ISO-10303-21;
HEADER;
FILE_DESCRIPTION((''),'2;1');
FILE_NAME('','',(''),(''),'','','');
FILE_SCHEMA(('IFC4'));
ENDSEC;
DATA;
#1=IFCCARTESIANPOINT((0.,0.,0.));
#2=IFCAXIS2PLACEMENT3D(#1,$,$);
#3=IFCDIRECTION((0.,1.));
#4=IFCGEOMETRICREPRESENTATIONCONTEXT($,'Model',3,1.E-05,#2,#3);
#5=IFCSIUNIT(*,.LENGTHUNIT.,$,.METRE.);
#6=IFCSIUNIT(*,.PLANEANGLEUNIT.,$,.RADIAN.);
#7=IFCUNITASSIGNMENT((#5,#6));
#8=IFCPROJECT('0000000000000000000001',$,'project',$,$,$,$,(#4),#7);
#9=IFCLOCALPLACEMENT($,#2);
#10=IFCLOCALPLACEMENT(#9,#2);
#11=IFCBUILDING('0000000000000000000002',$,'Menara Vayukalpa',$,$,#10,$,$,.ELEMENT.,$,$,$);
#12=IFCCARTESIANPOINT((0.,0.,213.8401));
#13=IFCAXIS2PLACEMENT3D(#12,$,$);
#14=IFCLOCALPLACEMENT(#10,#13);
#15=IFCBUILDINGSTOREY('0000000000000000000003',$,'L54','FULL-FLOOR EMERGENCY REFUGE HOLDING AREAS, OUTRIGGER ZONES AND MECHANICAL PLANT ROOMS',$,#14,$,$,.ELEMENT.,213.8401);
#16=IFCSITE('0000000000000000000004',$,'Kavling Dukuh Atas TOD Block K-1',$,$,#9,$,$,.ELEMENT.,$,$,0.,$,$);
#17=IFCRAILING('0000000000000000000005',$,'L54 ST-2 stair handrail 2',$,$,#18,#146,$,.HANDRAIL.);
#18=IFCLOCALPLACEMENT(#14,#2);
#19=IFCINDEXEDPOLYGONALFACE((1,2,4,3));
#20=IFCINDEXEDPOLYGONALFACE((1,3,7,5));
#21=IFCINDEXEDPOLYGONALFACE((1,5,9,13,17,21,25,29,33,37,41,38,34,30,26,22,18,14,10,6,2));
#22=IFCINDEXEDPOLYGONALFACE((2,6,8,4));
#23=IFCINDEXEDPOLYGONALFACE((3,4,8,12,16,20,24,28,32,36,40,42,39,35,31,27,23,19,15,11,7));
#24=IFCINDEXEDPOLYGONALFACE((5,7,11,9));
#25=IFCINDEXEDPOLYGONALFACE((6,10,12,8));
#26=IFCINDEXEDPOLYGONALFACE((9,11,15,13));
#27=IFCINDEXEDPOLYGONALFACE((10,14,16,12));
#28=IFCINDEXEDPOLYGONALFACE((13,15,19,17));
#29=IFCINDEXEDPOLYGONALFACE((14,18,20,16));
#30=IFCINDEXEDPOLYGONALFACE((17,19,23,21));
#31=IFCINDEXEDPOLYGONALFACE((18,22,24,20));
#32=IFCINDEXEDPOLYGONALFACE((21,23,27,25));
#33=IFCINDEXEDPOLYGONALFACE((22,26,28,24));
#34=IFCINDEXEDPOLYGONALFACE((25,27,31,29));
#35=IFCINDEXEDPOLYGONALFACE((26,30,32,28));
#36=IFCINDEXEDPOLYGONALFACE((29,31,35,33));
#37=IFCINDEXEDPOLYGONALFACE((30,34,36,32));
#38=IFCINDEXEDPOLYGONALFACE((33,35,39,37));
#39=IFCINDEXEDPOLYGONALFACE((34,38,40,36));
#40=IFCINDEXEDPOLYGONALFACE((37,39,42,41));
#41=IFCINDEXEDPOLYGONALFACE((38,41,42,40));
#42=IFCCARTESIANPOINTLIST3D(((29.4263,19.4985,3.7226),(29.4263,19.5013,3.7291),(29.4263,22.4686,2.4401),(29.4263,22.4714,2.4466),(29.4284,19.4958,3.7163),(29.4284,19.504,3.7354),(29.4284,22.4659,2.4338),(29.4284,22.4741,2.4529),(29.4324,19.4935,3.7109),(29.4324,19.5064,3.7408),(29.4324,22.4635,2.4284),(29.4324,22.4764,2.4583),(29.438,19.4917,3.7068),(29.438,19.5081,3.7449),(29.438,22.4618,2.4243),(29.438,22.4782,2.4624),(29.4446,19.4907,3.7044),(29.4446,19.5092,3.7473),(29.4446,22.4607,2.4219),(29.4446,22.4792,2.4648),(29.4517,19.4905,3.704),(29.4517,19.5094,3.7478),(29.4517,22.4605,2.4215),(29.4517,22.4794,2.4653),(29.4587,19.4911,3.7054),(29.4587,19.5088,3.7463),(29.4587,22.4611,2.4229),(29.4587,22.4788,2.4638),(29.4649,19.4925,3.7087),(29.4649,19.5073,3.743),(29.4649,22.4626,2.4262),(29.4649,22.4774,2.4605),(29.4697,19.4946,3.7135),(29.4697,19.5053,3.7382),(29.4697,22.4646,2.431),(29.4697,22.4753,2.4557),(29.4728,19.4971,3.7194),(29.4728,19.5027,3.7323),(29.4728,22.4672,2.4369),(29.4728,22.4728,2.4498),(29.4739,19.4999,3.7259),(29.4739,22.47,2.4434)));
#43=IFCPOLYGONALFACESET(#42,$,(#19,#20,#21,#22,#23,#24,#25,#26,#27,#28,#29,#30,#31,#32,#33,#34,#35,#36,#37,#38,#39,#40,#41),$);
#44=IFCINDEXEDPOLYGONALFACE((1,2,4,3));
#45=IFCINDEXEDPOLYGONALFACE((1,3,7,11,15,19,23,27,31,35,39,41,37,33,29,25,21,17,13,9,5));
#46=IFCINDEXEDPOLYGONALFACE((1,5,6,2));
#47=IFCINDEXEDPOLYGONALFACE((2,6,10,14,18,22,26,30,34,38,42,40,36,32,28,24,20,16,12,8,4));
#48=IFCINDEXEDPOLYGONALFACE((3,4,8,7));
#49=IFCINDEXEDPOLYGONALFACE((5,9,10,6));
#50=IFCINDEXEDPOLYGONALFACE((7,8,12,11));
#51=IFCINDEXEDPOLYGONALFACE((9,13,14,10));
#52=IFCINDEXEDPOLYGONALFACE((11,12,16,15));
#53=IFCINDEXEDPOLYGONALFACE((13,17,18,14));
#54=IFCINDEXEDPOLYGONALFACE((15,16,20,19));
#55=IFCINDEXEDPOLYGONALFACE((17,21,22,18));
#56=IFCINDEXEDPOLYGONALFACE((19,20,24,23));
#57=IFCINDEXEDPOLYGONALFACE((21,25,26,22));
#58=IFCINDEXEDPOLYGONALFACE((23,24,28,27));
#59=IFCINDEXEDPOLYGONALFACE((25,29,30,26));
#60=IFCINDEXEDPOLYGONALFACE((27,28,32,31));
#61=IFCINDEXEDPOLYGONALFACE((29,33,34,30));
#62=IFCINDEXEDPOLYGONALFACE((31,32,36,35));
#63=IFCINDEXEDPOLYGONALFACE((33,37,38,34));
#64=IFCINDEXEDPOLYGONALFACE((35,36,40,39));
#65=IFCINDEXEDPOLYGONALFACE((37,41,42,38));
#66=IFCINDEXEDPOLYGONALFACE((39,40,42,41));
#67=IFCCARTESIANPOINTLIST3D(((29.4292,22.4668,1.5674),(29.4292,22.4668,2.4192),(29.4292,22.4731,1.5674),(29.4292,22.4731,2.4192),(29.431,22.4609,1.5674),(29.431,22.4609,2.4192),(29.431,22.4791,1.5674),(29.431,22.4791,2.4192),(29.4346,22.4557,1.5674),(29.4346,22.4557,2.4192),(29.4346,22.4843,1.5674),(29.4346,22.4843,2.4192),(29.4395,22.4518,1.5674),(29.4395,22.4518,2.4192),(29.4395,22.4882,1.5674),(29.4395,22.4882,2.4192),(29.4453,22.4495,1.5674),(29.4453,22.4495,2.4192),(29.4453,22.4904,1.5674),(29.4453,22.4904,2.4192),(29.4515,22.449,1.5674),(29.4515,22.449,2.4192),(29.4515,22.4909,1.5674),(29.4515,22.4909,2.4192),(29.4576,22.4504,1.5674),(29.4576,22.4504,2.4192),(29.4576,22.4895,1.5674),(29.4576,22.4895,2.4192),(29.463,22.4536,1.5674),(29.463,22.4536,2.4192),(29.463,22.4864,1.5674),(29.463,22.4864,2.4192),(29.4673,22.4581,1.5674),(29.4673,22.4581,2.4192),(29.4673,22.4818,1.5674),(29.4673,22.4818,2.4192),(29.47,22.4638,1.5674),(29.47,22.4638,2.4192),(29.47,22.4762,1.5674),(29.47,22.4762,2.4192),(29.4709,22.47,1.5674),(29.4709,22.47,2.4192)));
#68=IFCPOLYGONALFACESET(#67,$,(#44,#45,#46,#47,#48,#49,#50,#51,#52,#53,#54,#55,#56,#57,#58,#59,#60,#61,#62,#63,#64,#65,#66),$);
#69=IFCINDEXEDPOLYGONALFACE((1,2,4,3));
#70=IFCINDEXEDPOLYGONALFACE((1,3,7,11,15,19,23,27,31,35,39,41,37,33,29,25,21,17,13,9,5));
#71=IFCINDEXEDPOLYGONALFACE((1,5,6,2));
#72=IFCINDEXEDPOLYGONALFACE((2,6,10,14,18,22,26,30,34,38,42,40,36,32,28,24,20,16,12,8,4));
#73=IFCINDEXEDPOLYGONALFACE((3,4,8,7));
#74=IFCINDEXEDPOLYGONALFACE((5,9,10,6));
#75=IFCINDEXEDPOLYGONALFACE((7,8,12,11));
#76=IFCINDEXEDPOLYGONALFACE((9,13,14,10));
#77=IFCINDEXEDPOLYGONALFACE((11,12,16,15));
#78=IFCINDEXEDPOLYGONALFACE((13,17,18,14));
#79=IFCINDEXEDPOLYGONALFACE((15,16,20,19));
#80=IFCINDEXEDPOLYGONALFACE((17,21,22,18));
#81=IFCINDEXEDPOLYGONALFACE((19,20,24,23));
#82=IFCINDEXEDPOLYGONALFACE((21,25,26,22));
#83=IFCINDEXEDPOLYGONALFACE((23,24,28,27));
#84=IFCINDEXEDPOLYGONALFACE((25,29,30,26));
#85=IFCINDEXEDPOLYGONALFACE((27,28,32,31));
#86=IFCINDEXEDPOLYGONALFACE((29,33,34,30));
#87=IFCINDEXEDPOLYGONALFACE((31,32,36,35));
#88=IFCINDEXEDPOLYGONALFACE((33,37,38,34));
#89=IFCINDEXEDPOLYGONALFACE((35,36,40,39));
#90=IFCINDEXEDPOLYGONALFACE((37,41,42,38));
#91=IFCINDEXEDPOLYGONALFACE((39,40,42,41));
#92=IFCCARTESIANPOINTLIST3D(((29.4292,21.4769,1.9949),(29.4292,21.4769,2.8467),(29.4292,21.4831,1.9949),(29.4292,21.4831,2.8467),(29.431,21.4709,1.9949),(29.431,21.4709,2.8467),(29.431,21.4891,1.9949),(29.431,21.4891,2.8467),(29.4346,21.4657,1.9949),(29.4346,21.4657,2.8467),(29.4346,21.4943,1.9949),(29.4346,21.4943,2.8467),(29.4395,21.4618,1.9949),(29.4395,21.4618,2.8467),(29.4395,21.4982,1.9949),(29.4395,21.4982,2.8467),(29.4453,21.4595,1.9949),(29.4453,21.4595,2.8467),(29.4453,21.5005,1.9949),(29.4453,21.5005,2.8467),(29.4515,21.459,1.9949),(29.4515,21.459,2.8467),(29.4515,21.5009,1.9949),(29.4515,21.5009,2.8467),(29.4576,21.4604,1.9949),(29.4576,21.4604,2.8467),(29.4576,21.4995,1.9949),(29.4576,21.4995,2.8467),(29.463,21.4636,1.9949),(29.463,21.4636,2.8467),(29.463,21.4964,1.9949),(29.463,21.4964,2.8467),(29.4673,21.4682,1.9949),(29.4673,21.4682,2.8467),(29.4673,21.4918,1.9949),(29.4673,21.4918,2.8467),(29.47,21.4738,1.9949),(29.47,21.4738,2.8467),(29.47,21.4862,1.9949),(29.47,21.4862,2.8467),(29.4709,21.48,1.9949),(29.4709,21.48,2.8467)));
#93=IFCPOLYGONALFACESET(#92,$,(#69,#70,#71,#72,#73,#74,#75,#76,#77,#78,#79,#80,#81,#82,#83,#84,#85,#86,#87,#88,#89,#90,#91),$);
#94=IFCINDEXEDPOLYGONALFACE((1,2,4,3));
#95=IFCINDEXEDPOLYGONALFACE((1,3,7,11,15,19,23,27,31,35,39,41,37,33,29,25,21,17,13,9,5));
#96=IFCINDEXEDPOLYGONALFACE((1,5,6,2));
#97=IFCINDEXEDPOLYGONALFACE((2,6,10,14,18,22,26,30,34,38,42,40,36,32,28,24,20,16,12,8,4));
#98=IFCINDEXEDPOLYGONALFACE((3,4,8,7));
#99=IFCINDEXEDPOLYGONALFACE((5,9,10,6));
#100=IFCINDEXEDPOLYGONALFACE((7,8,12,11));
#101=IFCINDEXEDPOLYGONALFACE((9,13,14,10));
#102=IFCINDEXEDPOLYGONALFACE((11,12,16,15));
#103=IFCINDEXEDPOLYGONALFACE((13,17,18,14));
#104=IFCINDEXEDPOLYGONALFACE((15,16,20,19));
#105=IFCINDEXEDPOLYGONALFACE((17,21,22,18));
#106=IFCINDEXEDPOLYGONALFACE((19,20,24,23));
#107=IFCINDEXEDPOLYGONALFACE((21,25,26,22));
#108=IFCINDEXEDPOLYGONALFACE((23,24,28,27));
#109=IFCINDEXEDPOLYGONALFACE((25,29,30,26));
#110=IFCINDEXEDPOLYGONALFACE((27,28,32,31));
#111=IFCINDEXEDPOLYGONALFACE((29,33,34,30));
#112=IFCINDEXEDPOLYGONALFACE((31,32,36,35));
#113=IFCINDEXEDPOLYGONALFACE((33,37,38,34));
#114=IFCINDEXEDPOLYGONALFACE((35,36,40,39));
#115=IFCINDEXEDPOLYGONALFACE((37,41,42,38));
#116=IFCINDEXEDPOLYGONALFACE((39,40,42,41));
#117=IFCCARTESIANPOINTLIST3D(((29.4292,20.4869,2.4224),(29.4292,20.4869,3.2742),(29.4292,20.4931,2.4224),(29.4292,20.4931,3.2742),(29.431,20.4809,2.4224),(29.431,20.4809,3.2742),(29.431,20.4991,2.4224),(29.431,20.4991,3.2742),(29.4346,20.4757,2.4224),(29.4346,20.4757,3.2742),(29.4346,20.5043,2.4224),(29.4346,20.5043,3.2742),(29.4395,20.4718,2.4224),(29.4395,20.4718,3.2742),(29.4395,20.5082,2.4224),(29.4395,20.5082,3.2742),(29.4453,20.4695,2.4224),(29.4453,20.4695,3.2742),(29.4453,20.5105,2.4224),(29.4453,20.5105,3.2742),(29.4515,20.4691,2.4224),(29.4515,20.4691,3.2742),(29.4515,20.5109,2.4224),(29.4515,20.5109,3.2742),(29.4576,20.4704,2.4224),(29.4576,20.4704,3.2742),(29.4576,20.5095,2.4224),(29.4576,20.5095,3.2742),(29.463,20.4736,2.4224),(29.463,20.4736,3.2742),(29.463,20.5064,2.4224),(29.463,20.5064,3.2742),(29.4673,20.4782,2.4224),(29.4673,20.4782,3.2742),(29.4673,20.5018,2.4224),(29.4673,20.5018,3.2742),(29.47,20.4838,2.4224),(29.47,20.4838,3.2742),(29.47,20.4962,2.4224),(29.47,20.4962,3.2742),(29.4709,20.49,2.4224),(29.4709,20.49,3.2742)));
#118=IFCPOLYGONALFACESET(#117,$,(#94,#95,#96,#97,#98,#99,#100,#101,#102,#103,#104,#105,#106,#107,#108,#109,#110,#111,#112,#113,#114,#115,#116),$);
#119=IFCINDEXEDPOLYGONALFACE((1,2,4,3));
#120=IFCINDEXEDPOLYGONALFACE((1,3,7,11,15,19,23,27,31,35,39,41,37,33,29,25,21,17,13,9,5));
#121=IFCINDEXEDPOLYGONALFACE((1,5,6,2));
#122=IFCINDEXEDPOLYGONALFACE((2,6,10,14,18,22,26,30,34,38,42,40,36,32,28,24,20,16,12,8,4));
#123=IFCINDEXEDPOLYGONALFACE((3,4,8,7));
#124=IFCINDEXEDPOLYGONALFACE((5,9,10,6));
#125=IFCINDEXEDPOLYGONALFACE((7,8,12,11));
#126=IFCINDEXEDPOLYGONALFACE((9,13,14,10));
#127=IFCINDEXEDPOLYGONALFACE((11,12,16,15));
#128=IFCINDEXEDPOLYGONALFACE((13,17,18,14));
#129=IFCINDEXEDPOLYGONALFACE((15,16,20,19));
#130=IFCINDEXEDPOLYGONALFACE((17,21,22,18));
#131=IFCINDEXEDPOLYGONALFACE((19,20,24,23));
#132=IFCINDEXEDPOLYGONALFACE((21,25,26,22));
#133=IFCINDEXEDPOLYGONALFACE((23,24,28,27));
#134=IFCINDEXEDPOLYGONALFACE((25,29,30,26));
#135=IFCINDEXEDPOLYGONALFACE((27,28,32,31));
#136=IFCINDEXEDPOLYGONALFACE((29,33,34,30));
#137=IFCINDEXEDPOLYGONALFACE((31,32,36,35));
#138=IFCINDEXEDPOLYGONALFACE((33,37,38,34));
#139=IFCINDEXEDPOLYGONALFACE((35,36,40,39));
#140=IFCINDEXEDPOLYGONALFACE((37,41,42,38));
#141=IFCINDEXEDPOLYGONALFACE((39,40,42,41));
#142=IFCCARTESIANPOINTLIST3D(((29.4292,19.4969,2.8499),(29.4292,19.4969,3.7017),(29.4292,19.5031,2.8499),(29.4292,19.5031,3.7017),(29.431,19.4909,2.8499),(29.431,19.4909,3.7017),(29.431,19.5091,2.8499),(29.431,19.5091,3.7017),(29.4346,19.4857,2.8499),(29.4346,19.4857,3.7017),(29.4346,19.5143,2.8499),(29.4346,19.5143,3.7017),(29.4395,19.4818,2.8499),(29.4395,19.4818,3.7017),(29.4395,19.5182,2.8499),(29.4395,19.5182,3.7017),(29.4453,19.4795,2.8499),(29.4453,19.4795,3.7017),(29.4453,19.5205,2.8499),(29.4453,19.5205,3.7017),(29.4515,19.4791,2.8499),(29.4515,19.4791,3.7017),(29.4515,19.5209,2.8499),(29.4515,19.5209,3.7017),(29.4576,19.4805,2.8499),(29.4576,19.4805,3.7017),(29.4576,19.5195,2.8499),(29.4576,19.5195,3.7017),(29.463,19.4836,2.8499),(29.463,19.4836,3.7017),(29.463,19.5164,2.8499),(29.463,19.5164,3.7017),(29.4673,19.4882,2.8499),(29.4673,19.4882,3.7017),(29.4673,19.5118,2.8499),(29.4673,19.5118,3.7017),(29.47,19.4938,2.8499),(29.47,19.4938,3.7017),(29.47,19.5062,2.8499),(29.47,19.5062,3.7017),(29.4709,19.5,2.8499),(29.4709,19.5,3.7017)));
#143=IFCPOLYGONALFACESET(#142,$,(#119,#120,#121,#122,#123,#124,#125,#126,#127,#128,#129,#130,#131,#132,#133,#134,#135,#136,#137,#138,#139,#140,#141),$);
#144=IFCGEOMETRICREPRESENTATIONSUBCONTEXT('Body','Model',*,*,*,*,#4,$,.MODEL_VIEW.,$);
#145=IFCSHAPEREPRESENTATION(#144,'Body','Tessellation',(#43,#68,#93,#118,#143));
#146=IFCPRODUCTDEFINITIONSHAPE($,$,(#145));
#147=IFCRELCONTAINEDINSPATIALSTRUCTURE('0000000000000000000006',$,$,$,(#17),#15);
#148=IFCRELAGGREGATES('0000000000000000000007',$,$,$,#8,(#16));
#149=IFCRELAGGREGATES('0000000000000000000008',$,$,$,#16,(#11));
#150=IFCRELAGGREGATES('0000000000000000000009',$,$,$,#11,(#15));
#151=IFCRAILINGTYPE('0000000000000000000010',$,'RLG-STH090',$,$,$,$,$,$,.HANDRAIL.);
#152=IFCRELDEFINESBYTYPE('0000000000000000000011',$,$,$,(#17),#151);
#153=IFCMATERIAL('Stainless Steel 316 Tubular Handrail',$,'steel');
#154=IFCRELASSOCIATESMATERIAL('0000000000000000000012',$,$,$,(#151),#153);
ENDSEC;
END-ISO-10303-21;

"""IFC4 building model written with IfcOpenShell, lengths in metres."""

from ifc_helpers import new_model, si_unit, direction, frame, origin, origin_2d, place, context, subcontext, project, spatial, circle, extrude, material, type_object, element, save


model = new_model("IFC4")

# Units and contexts
model_context = context("Model", 3, precision=1e-05, world=origin(), true_north=direction((0.0, 1.0)))
body_context = subcontext(model_context, "Body", "Model", "MODEL_VIEW")
ifc_project = project(units=[si_unit("LENGTHUNIT", "METRE"), si_unit("PLANEANGLEUNIT", "RADIAN")], contexts=[model_context])

# Site, building, storey
site_placement = place(None, origin())
site = spatial("IfcSite", under=ifc_project, at=site_placement, Name="Kavling Dukuh Atas TOD Block K-1", CompositionType="ELEMENT", RefElevation=0.0)
building_placement = place(site_placement, origin())
building = spatial("IfcBuilding", under=site, at=building_placement, Name="Menara Vayukalpa", CompositionType="ELEMENT")
storey_placement = place(building_placement, frame((0.0, 0.0, 213.8401)))
storey = spatial("IfcBuildingStorey", under=building, at=storey_placement, Name="L54", Description="FULL-FLOOR EMERGENCY REFUGE HOLDING AREAS, OUTRIGGER ZONES AND MECHANICAL PLANT ROOMS", CompositionType="ELEMENT", Elevation=213.8401)

# Railing
ifc_material_1 = material(Name="Stainless Steel 316 Tubular Handrail", Category="steel")
railing_type_1 = type_object("IfcRailingType", Name="RLG-STH090", PredefinedType="HANDRAIL", material=ifc_material_1)
for number, where, name in (
    (1, (29.45, 22.47, 1.5674), "L54 ST-2 stair handrail 2"),
):
    element("IfcRailing", number, at=place(storey_placement, frame(where)), inside=storey, type_object=railing_type_1, Name=name, PredefinedType="HANDRAIL", context=body_context, shape_type="SweptSolid", body=[
        extrude(circle(Radius=0.0239, at=origin_2d()), frame((0.0, 0.0, 0.876), z_axis=(0.0, -0.918064, 0.396432), x_axis=(1.0, 0.0, 0.0)), (0.0, 0.0, 1.0), 3.2351),
        extrude(circle(Radius=0.021, at=origin_2d()), origin(), (0.0, 0.0, 1.0), 0.8518),
        extrude(circle(Radius=0.021, at=origin_2d()), frame((0.0, -0.99, 0.4275)), (0.0, 0.0, 1.0), 0.8518),
        extrude(circle(Radius=0.021, at=origin_2d()), frame((0.0, -1.98, 0.855)), (0.0, 0.0, 1.0), 0.8518),
        extrude(circle(Radius=0.021, at=origin_2d()), frame((0.0, -2.97, 1.2825)), (0.0, 0.0, 1.0), 0.8518),
    ])

save(model, "model.ifc")
